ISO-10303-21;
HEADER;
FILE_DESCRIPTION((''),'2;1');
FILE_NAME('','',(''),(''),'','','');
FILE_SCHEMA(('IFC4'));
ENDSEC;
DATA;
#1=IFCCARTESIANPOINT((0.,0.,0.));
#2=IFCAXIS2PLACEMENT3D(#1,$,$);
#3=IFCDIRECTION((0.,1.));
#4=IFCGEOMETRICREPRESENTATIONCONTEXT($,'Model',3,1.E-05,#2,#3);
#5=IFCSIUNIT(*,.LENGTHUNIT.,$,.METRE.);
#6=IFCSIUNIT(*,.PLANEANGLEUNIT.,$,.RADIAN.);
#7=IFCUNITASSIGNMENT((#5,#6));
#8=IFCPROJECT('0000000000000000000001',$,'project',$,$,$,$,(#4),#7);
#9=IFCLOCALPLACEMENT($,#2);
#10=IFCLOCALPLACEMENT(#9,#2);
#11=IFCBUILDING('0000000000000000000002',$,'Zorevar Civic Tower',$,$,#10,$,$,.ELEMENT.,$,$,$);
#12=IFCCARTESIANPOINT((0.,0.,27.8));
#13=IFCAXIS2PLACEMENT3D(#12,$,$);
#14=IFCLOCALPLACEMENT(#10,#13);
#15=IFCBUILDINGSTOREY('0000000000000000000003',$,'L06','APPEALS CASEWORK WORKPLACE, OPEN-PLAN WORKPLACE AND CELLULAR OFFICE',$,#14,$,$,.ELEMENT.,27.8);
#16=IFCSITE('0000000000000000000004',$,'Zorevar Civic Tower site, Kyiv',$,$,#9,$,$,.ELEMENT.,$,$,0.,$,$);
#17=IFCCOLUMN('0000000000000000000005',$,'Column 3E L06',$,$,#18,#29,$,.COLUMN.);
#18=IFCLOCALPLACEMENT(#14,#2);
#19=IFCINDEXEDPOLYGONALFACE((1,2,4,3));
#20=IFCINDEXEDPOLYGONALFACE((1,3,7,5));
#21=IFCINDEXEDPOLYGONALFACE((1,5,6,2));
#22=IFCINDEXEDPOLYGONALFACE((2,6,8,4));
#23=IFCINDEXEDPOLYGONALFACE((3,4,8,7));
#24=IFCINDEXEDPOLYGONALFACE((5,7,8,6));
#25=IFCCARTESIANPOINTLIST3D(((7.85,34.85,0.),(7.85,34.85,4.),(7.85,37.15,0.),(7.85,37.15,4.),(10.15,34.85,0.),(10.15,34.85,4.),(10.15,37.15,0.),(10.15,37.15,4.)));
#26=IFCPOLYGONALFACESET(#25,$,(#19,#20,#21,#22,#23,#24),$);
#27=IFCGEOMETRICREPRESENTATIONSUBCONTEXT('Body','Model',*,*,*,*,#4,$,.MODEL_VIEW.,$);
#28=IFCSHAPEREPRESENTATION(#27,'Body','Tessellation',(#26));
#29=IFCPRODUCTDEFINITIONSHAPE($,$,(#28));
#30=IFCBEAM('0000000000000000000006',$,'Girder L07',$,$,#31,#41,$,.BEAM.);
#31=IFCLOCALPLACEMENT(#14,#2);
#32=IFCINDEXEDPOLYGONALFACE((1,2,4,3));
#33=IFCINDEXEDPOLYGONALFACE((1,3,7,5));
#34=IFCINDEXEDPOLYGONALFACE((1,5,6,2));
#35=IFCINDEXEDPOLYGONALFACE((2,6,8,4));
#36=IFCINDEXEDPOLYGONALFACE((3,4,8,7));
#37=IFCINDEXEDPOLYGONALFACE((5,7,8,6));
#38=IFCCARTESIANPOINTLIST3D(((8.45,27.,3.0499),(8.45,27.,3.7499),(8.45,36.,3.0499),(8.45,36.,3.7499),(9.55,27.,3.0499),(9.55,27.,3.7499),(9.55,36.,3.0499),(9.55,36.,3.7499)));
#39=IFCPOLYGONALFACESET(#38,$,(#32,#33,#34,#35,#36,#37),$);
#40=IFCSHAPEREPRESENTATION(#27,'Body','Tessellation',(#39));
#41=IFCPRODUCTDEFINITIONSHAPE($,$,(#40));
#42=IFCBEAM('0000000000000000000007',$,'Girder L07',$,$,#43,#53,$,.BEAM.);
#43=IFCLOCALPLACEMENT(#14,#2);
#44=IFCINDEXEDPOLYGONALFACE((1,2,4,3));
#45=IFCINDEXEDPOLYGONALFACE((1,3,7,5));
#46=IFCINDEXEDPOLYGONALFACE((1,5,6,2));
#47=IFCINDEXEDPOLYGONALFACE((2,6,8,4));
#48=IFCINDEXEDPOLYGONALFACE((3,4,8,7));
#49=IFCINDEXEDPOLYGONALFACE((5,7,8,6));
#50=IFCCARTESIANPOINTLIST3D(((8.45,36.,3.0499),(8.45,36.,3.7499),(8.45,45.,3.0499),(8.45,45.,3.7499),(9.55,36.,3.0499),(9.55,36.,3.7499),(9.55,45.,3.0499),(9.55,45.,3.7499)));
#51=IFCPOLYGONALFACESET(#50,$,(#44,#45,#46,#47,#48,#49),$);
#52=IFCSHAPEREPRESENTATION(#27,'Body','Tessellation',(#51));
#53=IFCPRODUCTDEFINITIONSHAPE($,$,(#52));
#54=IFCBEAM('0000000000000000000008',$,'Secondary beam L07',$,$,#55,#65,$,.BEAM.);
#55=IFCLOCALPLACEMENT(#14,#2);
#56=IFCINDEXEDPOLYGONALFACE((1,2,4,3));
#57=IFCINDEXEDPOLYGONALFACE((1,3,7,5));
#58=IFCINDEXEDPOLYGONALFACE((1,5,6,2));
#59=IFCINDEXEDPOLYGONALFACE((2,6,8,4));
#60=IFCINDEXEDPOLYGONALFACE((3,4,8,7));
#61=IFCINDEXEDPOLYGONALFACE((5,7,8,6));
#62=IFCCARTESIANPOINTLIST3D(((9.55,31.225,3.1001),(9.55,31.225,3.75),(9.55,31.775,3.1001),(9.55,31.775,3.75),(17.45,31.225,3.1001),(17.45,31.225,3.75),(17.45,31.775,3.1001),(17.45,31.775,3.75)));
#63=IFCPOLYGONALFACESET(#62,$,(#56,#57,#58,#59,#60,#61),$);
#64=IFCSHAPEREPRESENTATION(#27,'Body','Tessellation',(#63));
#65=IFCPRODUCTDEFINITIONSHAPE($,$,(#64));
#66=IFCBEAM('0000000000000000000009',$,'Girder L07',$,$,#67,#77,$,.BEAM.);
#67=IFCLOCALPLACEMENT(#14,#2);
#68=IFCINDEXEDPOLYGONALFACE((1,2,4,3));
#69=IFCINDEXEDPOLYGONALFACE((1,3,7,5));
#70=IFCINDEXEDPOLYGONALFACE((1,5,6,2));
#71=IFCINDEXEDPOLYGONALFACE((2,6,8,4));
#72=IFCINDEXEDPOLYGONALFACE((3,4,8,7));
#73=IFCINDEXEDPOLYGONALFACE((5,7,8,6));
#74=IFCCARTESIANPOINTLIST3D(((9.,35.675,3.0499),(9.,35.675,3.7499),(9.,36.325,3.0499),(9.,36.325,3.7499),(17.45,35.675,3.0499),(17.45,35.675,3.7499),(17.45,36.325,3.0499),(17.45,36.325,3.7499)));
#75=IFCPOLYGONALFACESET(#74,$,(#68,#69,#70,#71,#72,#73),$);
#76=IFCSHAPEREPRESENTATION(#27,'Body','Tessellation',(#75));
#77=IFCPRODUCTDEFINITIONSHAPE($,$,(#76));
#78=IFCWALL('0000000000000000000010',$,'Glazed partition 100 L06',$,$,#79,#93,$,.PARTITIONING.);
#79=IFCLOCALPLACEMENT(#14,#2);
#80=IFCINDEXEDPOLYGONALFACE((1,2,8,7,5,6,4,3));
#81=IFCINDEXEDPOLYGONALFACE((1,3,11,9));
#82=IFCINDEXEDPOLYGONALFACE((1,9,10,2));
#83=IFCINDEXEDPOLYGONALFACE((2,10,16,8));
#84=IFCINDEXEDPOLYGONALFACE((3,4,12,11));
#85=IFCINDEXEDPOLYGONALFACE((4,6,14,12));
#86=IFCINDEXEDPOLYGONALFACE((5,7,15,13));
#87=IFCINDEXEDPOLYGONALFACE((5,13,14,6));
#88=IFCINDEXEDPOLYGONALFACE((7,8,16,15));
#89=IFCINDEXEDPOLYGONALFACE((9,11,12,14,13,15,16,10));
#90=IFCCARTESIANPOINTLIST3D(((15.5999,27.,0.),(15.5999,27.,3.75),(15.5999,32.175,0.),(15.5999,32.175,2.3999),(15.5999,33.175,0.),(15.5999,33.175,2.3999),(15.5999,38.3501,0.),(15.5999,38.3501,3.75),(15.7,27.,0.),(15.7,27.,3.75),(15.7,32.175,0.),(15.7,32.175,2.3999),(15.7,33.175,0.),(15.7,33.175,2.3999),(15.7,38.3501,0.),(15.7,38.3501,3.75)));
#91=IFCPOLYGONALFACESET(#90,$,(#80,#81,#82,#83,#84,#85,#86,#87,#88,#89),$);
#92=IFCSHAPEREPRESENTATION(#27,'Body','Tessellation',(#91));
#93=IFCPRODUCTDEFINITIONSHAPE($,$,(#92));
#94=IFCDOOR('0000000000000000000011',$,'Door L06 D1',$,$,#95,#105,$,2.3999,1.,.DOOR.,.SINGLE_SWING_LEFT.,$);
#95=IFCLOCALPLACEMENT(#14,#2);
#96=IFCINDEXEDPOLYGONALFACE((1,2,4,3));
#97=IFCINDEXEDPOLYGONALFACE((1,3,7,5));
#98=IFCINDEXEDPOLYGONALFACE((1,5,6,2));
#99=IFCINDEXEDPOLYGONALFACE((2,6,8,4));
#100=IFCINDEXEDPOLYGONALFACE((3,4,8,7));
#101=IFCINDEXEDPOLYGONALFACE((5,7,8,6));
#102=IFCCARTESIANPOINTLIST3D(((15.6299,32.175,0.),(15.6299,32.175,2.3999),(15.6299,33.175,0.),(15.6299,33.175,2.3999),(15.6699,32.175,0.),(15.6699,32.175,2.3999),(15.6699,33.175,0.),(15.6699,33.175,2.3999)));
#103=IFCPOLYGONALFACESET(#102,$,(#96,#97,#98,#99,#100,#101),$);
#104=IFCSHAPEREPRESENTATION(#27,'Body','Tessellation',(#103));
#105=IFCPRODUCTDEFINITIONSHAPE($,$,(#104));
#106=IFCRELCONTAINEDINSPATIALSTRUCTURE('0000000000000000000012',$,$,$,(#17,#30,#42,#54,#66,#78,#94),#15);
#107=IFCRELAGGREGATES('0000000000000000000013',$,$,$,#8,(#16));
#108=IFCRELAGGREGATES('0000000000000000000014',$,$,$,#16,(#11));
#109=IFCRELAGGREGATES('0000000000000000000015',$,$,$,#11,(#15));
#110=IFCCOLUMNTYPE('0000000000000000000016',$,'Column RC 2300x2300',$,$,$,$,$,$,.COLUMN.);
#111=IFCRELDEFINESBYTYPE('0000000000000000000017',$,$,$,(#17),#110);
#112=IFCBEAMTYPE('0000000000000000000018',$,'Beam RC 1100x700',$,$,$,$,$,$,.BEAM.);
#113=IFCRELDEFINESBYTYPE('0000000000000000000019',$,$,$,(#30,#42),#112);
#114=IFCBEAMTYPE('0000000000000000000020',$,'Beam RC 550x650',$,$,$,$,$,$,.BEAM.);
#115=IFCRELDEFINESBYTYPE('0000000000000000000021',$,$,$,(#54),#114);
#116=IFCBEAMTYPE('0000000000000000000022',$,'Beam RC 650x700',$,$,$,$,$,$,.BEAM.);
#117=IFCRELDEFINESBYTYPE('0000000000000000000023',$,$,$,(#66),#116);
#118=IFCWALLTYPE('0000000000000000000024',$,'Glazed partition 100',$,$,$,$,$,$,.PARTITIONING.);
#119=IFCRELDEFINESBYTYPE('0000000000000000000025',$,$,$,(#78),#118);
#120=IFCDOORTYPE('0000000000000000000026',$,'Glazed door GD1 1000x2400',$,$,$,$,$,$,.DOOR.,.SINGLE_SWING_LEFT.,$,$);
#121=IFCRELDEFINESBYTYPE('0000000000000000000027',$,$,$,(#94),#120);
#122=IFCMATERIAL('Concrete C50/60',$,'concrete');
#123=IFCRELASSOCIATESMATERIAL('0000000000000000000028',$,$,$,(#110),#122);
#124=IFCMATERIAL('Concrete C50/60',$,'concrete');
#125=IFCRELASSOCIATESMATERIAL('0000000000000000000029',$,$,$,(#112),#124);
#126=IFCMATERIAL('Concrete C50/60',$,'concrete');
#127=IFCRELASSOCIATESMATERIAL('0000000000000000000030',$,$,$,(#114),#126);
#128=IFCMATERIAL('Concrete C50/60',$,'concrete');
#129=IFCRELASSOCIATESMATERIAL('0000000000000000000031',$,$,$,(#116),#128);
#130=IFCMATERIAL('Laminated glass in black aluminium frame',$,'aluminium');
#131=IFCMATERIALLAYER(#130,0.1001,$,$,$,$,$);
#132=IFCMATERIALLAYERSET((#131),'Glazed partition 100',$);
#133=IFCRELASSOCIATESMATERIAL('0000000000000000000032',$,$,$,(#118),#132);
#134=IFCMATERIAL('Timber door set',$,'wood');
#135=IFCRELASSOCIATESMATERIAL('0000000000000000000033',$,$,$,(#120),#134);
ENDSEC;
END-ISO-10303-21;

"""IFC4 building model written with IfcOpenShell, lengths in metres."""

from ifc_helpers import new_model, si_unit, direction, frame, frame_2d, origin, origin_2d, place, context, subcontext, project, spatial, rectangle, extrude, material, layer, layer_set, material_profile, profile_set, type_object, element, fill, save


model = new_model("IFC4")

# Units and contexts
model_context = context("Model", 3, precision=1e-05, world=origin(), true_north=direction((0.0, 1.0)))
body_context = subcontext(model_context, "Body", "Model", "MODEL_VIEW")
ifc_project = project(units=[si_unit("LENGTHUNIT", "METRE"), si_unit("PLANEANGLEUNIT", "RADIAN")], contexts=[model_context])

# Site, building, storey
site_placement = place(None, origin())
site = spatial("IfcSite", under=ifc_project, at=site_placement, Name="Zorevar Civic Tower site, Kyiv", CompositionType="ELEMENT", RefElevation=0.0)
building_placement = place(site_placement, origin())
building = spatial("IfcBuilding", under=site, at=building_placement, Name="Zorevar Civic Tower", CompositionType="ELEMENT")
storey_placement = place(building_placement, frame((0.0, 0.0, 27.8)))
storey = spatial("IfcBuildingStorey", under=building, at=storey_placement, Name="L06", Description="APPEALS CASEWORK WORKPLACE, OPEN-PLAN WORKPLACE AND CELLULAR OFFICE", CompositionType="ELEMENT", Elevation=27.8)

# Column
ifc_material_1 = material(Name="Concrete C50/60", Category="concrete")
ifc_material_profile_1 = material_profile(ifc_material_1, rectangle(XDim=2.3, YDim=2.3, at=origin_2d()), Name="RC 2300x2300")
ifc_profile_set_1 = profile_set([ifc_material_profile_1], Name="Concrete C50/60")
column_type = type_object("IfcColumnType", Name="Column RC 2300x2300", PredefinedType="COLUMN", material=ifc_profile_set_1)
column_placement = place(storey_placement, frame((9.0, 36.0, 0.0), z_axis=(0.0, 0.0, 1.0), x_axis=(1.0, 0.0, 0.0)))
element("IfcColumn", 1, at=column_placement, inside=storey, type_object=column_type, Name="Column 3E L06", PredefinedType="COLUMN", context=body_context, shape_type="SweptSolid", body=[
    extrude(rectangle(XDim=2.3, YDim=2.3, at=origin_2d()), origin(), (0.0, 0.0, 1.0), 4.0),
])

# Beams
ifc_material_2 = material(Name="Concrete C50/60", Category="concrete")
ifc_material_profile_2 = material_profile(ifc_material_2, rectangle(XDim=1.1001, YDim=0.7, at=origin_2d()), Name="RC 1100x700")
ifc_profile_set_2 = profile_set([ifc_material_profile_2], Name="Concrete C50/60")
beam_type_1 = type_object("IfcBeamType", Name="Beam RC 1100x700", PredefinedType="BEAM", material=ifc_profile_set_2)
for number, where, z_axis, x_axis, name in (
    (2, (9.0, 27.0, 3.3999), (0.0, 1.0, 0.0), (-1.0, 0.0, 0.0), "Girder L07"),
    (3, (9.0, 36.0, 3.3999), (0.0, 1.0, 0.0), (-1.0, 0.0, 0.0), "Girder L07"),
):
    element("IfcBeam", number, at=place(storey_placement, frame(where, z_axis=z_axis, x_axis=x_axis)), inside=storey, type_object=beam_type_1, Name=name, PredefinedType="BEAM", context=body_context, shape_type="SweptSolid", body=[
        extrude(rectangle(XDim=1.1001, YDim=0.7, at=origin_2d()), origin(), (0.0, 0.0, 1.0), 9.0),
    ])
ifc_material_3 = material(Name="Concrete C50/60", Category="concrete")
ifc_material_profile_3 = material_profile(ifc_material_3, rectangle(XDim=0.55, YDim=0.6499, at=origin_2d()), Name="RC 550x650")
ifc_profile_set_3 = profile_set([ifc_material_profile_3], Name="Concrete C50/60")
beam_type_2 = type_object("IfcBeamType", Name="Beam RC 550x650", PredefinedType="BEAM", material=ifc_profile_set_3)
beam_1_placement = place(storey_placement, frame((9.55, 31.5, 3.425), z_axis=(1.0, 0.0, 0.0), x_axis=(0.0, 1.0, 0.0)))
element("IfcBeam", 4, at=beam_1_placement, inside=storey, type_object=beam_type_2, Name="Secondary beam L07", PredefinedType="BEAM", context=body_context, shape_type="SweptSolid", body=[
    extrude(rectangle(XDim=0.55, YDim=0.6499, at=origin_2d()), origin(), (0.0, 0.0, 1.0), 7.8999),
])
ifc_material_4 = material(Name="Concrete C50/60", Category="concrete")
ifc_material_profile_4 = material_profile(ifc_material_4, rectangle(XDim=0.6499, YDim=0.7, at=origin_2d()), Name="RC 650x700")
ifc_profile_set_4 = profile_set([ifc_material_profile_4], Name="Concrete C50/60")
beam_type_3 = type_object("IfcBeamType", Name="Beam RC 650x700", PredefinedType="BEAM", material=ifc_profile_set_4)
beam_2_placement = place(storey_placement, frame((9.0, 36.0, 3.3999), z_axis=(1.0, 0.0, 0.0), x_axis=(0.0, 1.0, 0.0)))
element("IfcBeam", 5, at=beam_2_placement, inside=storey, type_object=beam_type_3, Name="Girder L07", PredefinedType="BEAM", context=body_context, shape_type="SweptSolid", body=[
    extrude(rectangle(XDim=0.6499, YDim=0.7, at=origin_2d()), origin(), (0.0, 0.0, 1.0), 8.45),
])

# Wall, opening, door
ifc_material_5 = material(Name="Laminated glass in black aluminium frame", Category="aluminium")
ifc_layer_1 = layer(ifc_material_5, 0.1001)
ifc_layer_set_1 = layer_set([ifc_layer_1], Name="Glazed partition 100")
wall_type_1 = type_object("IfcWallType", Name="Glazed partition 100", PredefinedType="PARTITIONING", material=ifc_layer_set_1)
wall_1_placement = place(storey_placement, frame((15.6499, 27.0, 0.0), z_axis=(0.0, 0.0, 1.0), x_axis=(0.0, 1.0, 0.0)))
wall_1 = element("IfcWall", 6, at=wall_1_placement, inside=storey, type_object=wall_type_1, Name="Glazed partition 100 L06", PredefinedType="PARTITIONING", context=body_context, shape_type="SweptSolid", body=[
    extrude(rectangle(XDim=11.3501, YDim=0.1001, at=frame_2d((5.675, 0.0))), origin(), (0.0, 0.0, 1.0), 3.75),
])
opening_1_placement = place(wall_1_placement, frame((5.175, 0.0, 0.0)))
opening_1 = element("IfcOpeningElement", 7, at=opening_1_placement, cuts=wall_1, PredefinedType="OPENING", context=body_context, shape_type="SweptSolid", body=[
    extrude(rectangle(XDim=1.0, YDim=2.3999, at=frame_2d((0.5, 1.2))), frame((0.0, 0.0601, 0.0), z_axis=(0.0, -1.0, 0.0), x_axis=(1.0, 0.0, 0.0)), (0.0, 0.0, 1.0), 0.1201),
])
ifc_material_6 = material(Name="Timber door set", Category="wood")
door_type_1 = type_object("IfcDoorType", Name="Glazed door GD1 1000x2400", OperationType="SINGLE_SWING_LEFT", PredefinedType="DOOR", material=ifc_material_6)
door_1_placement = place(opening_1_placement, origin())
door_1 = element("IfcDoor", 8, at=door_1_placement, inside=storey, type_object=door_type_1, Name="Door L06 D1", OperationType="SINGLE_SWING_LEFT", OverallHeight=2.3999, OverallWidth=1.0, PredefinedType="DOOR", context=body_context, shape_type="SweptSolid", body=[
    extrude(rectangle(XDim=1.0, YDim=2.3999, at=frame_2d((0.5, 1.2))), frame((0.0, 0.02, 0.0), z_axis=(0.0, -1.0, 0.0), x_axis=(1.0, 0.0, 0.0)), (0.0, 0.0, 1.0), 0.04),
])
fill(opening_1, door_1)

save(model, "model.ifc")
